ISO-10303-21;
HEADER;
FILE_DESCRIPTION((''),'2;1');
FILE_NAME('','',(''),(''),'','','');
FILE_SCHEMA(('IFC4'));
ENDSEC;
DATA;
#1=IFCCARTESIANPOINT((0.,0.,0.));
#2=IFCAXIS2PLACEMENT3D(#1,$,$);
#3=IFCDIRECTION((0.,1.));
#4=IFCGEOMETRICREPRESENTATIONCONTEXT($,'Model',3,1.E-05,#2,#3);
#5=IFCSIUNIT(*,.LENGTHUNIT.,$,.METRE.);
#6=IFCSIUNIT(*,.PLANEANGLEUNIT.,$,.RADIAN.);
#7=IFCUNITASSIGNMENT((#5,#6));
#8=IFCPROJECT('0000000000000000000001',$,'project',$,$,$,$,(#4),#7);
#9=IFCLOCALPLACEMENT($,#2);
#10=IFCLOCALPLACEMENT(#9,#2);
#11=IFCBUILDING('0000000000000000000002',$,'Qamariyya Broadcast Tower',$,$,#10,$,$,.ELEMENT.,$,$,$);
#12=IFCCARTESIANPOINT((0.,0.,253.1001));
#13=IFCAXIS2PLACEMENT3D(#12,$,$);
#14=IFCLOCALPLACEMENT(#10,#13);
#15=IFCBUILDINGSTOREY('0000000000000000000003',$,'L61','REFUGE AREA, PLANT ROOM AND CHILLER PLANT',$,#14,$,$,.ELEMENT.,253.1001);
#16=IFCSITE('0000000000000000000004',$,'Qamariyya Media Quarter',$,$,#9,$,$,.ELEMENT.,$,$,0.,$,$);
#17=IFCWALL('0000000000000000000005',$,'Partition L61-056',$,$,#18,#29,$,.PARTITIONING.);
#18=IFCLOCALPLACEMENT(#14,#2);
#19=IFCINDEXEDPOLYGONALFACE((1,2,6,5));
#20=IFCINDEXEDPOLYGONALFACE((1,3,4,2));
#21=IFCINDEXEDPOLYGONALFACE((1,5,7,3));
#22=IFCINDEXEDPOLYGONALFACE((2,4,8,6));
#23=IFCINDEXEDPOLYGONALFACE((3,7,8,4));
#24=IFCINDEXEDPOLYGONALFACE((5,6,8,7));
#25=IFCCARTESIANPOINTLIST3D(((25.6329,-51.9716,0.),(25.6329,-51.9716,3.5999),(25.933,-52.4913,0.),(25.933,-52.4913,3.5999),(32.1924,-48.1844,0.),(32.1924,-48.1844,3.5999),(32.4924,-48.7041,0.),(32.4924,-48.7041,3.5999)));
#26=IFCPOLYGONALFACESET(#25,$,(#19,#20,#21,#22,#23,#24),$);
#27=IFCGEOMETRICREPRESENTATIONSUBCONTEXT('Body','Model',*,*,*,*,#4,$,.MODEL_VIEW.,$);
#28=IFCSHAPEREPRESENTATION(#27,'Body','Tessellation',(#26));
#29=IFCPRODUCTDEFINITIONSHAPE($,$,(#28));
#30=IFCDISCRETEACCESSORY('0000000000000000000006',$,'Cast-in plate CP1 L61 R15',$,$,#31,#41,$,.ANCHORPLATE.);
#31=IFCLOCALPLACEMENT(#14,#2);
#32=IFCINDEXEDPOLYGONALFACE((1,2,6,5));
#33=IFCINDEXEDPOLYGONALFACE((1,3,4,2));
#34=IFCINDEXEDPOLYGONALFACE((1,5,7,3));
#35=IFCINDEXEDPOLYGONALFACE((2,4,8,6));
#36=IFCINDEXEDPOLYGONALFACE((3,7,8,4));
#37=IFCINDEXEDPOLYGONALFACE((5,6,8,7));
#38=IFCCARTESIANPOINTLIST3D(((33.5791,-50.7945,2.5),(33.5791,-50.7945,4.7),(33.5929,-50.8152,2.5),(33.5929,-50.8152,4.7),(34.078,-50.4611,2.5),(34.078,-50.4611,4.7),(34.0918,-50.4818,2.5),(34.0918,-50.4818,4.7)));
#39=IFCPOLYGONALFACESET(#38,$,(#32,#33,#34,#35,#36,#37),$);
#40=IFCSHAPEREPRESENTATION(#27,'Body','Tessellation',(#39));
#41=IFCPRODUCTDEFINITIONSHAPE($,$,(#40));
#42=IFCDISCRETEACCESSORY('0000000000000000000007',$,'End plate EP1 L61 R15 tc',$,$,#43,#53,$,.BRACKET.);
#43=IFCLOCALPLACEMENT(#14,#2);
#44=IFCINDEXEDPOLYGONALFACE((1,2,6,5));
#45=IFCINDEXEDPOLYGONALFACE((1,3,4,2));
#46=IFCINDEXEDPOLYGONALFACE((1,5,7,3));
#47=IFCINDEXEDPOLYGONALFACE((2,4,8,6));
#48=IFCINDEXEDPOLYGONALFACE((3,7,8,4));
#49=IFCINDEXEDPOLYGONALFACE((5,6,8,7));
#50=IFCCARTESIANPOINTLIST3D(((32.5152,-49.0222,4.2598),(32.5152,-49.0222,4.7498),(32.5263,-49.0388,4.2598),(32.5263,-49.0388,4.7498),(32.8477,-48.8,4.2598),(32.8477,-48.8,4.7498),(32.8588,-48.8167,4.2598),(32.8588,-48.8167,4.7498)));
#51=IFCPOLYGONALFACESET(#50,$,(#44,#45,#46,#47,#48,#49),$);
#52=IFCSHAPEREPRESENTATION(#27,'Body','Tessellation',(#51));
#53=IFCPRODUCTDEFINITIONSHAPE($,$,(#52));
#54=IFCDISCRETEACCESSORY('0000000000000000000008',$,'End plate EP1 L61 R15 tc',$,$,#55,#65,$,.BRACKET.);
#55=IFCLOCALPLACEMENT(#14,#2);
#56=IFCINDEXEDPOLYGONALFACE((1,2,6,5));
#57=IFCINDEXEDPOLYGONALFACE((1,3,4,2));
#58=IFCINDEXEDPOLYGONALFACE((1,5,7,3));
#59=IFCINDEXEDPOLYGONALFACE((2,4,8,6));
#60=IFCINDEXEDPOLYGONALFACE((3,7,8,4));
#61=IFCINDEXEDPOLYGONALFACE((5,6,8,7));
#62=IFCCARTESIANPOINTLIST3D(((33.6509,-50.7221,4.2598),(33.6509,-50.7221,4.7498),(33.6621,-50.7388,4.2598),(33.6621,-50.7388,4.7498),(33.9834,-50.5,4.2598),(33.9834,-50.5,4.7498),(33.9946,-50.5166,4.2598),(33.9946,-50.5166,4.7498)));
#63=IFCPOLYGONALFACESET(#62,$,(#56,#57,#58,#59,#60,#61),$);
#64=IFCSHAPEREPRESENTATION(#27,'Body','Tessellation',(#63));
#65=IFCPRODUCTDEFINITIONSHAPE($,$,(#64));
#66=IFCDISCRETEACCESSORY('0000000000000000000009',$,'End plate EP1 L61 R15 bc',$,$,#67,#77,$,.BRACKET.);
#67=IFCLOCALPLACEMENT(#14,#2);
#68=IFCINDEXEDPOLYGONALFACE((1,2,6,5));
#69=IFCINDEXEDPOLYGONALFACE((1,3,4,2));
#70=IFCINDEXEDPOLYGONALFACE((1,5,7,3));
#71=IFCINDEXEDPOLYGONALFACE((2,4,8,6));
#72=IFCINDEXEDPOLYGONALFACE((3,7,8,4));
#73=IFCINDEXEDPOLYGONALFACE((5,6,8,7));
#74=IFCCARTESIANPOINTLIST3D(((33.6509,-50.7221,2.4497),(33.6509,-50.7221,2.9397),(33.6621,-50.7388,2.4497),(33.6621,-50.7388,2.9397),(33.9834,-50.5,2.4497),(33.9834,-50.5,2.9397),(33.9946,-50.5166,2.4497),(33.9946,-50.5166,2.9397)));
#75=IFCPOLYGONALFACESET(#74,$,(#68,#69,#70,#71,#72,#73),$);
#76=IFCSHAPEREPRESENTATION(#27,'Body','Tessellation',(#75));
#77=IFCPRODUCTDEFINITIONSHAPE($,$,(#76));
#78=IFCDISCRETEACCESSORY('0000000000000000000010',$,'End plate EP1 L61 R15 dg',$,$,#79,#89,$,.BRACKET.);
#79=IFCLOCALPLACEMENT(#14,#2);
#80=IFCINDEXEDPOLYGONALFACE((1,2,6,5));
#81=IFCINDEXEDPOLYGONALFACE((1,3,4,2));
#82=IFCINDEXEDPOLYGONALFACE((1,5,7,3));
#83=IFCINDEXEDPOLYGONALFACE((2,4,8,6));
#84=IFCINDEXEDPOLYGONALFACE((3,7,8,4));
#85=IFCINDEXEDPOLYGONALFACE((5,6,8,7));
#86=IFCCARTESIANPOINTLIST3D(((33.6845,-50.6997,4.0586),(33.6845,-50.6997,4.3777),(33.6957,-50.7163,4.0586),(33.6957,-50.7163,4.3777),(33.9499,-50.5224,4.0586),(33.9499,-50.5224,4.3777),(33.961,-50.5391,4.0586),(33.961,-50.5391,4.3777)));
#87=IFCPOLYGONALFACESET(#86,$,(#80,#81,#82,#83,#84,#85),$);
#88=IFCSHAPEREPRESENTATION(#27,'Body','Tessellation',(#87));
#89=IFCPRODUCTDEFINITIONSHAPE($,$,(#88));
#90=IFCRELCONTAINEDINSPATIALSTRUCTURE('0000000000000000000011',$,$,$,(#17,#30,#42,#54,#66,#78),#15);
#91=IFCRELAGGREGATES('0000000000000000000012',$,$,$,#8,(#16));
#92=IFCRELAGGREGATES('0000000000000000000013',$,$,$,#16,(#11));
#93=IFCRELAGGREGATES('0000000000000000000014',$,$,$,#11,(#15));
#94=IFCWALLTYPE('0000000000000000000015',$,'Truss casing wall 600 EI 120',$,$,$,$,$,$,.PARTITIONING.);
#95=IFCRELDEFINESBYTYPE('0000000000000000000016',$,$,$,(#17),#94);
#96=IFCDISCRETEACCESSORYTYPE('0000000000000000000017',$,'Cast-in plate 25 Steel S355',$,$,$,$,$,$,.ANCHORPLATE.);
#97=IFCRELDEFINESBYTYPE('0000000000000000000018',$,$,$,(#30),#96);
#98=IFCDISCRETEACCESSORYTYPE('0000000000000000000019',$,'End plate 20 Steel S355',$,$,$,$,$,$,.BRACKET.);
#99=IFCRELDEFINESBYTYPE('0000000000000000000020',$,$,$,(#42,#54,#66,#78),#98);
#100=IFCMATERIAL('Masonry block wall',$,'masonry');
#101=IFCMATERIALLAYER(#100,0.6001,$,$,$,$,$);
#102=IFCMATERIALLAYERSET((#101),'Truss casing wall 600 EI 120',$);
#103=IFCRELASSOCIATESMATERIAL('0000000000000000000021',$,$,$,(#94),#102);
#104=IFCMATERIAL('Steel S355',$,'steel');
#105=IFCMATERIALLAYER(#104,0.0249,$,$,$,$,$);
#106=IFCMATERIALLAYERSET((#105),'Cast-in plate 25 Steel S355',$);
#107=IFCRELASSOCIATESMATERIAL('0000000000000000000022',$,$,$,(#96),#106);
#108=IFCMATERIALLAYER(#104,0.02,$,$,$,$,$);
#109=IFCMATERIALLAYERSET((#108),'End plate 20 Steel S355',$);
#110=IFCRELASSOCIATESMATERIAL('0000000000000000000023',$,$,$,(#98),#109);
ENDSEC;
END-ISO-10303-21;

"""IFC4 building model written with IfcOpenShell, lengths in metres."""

from ifc_helpers import new_model, si_unit, direction, frame, frame_2d, origin, origin_2d, place, context, subcontext, project, spatial, rectangle, extrude, material, layer, layer_set, type_object, element, save


model = new_model("IFC4")

# Units and contexts
model_context = context("Model", 3, precision=1e-05, world=origin(), true_north=direction((0.0, 1.0)))
body_context = subcontext(model_context, "Body", "Model", "MODEL_VIEW")
ifc_project = project(units=[si_unit("LENGTHUNIT", "METRE"), si_unit("PLANEANGLEUNIT", "RADIAN")], contexts=[model_context])

# Site, building, storey
site_placement = place(None, origin())
site = spatial("IfcSite", under=ifc_project, at=site_placement, Name="Qamariyya Media Quarter", CompositionType="ELEMENT", RefElevation=0.0)
building_placement = place(site_placement, origin())
building = spatial("IfcBuilding", under=site, at=building_placement, Name="Qamariyya Broadcast Tower", CompositionType="ELEMENT")
storey_placement = place(building_placement, frame((0.0, 0.0, 253.1001)))
storey = spatial("IfcBuildingStorey", under=building, at=storey_placement, Name="L61", Description="REFUGE AREA, PLANT ROOM AND CHILLER PLANT", CompositionType="ELEMENT", Elevation=253.1001)

# Shared definitions
ifc_material_1 = material(Name="Steel S355", Category="steel")

# Wall
ifc_material_2 = material(Name="Masonry block wall", Category="masonry")
ifc_layer_1 = layer(ifc_material_2, 0.6001)
ifc_layer_set_1 = layer_set([ifc_layer_1], Name="Truss casing wall 600 EI 120")
wall_type_1 = type_object("IfcWallType", Name="Truss casing wall 600 EI 120", PredefinedType="PARTITIONING", material=ifc_layer_set_1)
wall_1_placement = place(storey_placement, frame((25.783, -52.2314, 0.0), z_axis=(0.0, 0.0, 1.0), x_axis=(0.866021, 0.500008, 0.0)))
element("IfcWall", 1, at=wall_1_placement, inside=storey, type_object=wall_type_1, Name="Partition L61-056", PredefinedType="PARTITIONING", context=body_context, shape_type="SweptSolid", body=[
    extrude(rectangle(XDim=7.5742, YDim=0.6001, at=frame_2d((3.7871, 0.0))), origin(), (0.0, 0.0, 1.0), 3.5999),
])

# Discrete accessories
ifc_layer_2 = layer(ifc_material_1, 0.0249)
ifc_layer_set_2 = layer_set([ifc_layer_2], Name="Cast-in plate 25 Steel S355")
discrete_accessory_type_1 = type_object("IfcDiscreteAccessoryType", Name="Cast-in plate 25 Steel S355", PredefinedType="ANCHORPLATE", material=ifc_layer_set_2)
discrete_accessory_1_placement = place(storey_placement, frame((33.8354, -50.6382, 2.5), z_axis=(0.0, 0.0, 1.0), x_axis=(-0.83147, -0.55557, 0.0)))
element("IfcDiscreteAccessory", 2, at=discrete_accessory_1_placement, inside=storey, type_object=discrete_accessory_type_1, Name="Cast-in plate CP1 L61 R15", PredefinedType="ANCHORPLATE", context=body_context, shape_type="SweptSolid", body=[
    extrude(rectangle(XDim=0.6001, YDim=0.0249, at=origin_2d()), origin(), (0.0, 0.0, 1.0), 2.2),
])
ifc_layer_3 = layer(ifc_material_1, 0.02)
ifc_layer_set_3 = layer_set([ifc_layer_3], Name="End plate 20 Steel S355")
discrete_accessory_type_2 = type_object("IfcDiscreteAccessoryType", Name="End plate 20 Steel S355", PredefinedType="BRACKET", material=ifc_layer_set_3)
for number, where, z_axis, x_axis, name in (
    (3, (32.687, -48.9194, 4.2598), (0.0, 0.0, 1.0), (-0.83147, -0.55557, 0.0), "End plate EP1 L61 R15 tc"),
    (4, (33.8228, -50.6194, 4.2598), (0.0, 0.0, 1.0), (-0.83147, -0.55557, 0.0), "End plate EP1 L61 R15 tc"),
    (5, (33.8228, -50.6194, 2.4497), (0.0, 0.0, 1.0), (-0.83147, -0.55557, 0.0), "End plate EP1 L61 R15 bc"),
):
    element("IfcDiscreteAccessory", number, at=place(storey_placement, frame(where, z_axis=z_axis, x_axis=x_axis)), inside=storey, type_object=discrete_accessory_type_2, Name=name, PredefinedType="BRACKET", context=body_context, shape_type="SweptSolid", body=[
        extrude(rectangle(XDim=0.3999, YDim=0.02, at=origin_2d()), origin(), (0.0, 0.0, 1.0), 0.49),
    ])
discrete_accessory_2_placement = place(storey_placement, frame((33.8228, -50.6194, 4.0586), z_axis=(0.0, 0.0, 1.0), x_axis=(-0.83147, -0.55557, 0.0)))
element("IfcDiscreteAccessory", 6, at=discrete_accessory_2_placement, inside=storey, type_object=discrete_accessory_type_2, Name="End plate EP1 L61 R15 dg", PredefinedType="BRACKET", context=body_context, shape_type="SweptSolid", body=[
    extrude(rectangle(XDim=0.3191, YDim=0.02, at=origin_2d()), origin(), (0.0, 0.0, 1.0), 0.3191),
])

save(model, "model.ifc")
